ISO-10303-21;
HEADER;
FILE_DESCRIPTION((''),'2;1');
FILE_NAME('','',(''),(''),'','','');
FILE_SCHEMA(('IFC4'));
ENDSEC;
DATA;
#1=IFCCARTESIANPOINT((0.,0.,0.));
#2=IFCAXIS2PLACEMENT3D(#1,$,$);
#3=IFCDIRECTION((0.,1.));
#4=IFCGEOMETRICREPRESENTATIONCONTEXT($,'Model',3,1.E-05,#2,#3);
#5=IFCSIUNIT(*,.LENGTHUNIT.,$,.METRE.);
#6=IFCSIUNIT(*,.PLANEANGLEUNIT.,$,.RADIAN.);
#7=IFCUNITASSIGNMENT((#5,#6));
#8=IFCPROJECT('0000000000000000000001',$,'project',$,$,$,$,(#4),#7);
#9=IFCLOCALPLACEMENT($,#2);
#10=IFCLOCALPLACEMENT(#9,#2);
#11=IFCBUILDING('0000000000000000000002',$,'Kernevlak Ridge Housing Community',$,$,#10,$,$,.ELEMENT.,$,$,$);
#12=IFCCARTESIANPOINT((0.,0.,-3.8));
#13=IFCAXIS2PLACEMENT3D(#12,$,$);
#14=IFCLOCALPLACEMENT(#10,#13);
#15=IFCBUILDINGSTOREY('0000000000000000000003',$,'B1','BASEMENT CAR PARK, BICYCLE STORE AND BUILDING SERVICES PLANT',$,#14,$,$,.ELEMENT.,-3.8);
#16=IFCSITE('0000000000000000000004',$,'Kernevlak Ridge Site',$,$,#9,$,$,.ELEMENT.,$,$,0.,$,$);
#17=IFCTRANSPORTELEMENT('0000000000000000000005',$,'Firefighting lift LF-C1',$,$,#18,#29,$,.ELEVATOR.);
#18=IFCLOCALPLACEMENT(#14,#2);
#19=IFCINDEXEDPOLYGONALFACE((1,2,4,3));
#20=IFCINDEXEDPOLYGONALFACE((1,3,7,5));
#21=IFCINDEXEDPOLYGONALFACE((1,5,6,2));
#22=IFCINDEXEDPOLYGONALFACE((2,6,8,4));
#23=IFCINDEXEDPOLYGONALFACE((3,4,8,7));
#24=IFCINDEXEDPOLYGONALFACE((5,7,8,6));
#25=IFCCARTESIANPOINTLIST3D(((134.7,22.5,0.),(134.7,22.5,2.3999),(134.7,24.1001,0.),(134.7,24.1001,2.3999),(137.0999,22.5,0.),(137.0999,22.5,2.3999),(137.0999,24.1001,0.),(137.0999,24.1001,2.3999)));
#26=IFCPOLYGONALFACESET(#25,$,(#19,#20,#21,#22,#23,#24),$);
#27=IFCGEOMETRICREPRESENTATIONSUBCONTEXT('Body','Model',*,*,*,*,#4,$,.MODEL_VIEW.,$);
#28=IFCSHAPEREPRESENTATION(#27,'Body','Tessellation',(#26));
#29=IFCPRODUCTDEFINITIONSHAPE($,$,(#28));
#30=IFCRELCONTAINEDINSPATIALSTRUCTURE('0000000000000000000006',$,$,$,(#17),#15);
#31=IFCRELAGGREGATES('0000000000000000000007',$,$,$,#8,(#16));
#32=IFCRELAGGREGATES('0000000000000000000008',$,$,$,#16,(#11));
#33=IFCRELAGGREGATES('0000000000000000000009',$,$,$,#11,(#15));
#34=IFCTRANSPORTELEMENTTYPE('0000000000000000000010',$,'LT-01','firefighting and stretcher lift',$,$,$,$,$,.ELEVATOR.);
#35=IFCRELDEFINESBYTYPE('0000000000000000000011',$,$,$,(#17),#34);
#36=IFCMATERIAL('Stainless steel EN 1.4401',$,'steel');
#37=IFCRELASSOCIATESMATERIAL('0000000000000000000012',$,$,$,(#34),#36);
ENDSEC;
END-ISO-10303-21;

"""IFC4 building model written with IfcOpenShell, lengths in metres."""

from ifc_helpers import new_model, si_unit, direction, frame, origin, origin_2d, place, context, subcontext, project, spatial, rectangle, extrude, material, type_object, element, save


model = new_model("IFC4")

# Units and contexts
model_context = context("Model", 3, precision=1e-05, world=origin(), true_north=direction((0.0, 1.0)))
body_context = subcontext(model_context, "Body", "Model", "MODEL_VIEW")
ifc_project = project(units=[si_unit("LENGTHUNIT", "METRE"), si_unit("PLANEANGLEUNIT", "RADIAN")], contexts=[model_context])

# Site, building, storey
site_placement = place(None, origin())
site = spatial("IfcSite", under=ifc_project, at=site_placement, Name="Kernevlak Ridge Site", CompositionType="ELEMENT", RefElevation=0.0)
building_placement = place(site_placement, origin())
building = spatial("IfcBuilding", under=site, at=building_placement, Name="Kernevlak Ridge Housing Community", CompositionType="ELEMENT")
storey_placement = place(building_placement, frame((0.0, 0.0, -3.8)))
storey = spatial("IfcBuildingStorey", under=building, at=storey_placement, Name="B1", Description="BASEMENT CAR PARK, BICYCLE STORE AND BUILDING SERVICES PLANT", CompositionType="ELEMENT", Elevation=-3.8)

# Shared definitions
ifc_material_1 = material(Name="Stainless steel EN 1.4401", Category="steel")

# Transport element
transport_element_type = type_object("IfcTransportElementType", Name="LT-01", Description="firefighting and stretcher lift", PredefinedType="ELEVATOR", material=ifc_material_1)
transport_element_placement = place(storey_placement, frame((135.8999, 23.3, 0.0), z_axis=(0.0, 0.0, 1.0), x_axis=(1.0, 0.0, 0.0)))
element("IfcTransportElement", 1, at=transport_element_placement, inside=storey, type_object=transport_element_type, Name="Firefighting lift LF-C1", PredefinedType="ELEVATOR", context=body_context, shape_type="SweptSolid", body=[
    extrude(rectangle(XDim=2.3999, YDim=1.6001, at=origin_2d()), origin(), (0.0, 0.0, 1.0), 2.3999),
])

save(model, "model.ifc")
